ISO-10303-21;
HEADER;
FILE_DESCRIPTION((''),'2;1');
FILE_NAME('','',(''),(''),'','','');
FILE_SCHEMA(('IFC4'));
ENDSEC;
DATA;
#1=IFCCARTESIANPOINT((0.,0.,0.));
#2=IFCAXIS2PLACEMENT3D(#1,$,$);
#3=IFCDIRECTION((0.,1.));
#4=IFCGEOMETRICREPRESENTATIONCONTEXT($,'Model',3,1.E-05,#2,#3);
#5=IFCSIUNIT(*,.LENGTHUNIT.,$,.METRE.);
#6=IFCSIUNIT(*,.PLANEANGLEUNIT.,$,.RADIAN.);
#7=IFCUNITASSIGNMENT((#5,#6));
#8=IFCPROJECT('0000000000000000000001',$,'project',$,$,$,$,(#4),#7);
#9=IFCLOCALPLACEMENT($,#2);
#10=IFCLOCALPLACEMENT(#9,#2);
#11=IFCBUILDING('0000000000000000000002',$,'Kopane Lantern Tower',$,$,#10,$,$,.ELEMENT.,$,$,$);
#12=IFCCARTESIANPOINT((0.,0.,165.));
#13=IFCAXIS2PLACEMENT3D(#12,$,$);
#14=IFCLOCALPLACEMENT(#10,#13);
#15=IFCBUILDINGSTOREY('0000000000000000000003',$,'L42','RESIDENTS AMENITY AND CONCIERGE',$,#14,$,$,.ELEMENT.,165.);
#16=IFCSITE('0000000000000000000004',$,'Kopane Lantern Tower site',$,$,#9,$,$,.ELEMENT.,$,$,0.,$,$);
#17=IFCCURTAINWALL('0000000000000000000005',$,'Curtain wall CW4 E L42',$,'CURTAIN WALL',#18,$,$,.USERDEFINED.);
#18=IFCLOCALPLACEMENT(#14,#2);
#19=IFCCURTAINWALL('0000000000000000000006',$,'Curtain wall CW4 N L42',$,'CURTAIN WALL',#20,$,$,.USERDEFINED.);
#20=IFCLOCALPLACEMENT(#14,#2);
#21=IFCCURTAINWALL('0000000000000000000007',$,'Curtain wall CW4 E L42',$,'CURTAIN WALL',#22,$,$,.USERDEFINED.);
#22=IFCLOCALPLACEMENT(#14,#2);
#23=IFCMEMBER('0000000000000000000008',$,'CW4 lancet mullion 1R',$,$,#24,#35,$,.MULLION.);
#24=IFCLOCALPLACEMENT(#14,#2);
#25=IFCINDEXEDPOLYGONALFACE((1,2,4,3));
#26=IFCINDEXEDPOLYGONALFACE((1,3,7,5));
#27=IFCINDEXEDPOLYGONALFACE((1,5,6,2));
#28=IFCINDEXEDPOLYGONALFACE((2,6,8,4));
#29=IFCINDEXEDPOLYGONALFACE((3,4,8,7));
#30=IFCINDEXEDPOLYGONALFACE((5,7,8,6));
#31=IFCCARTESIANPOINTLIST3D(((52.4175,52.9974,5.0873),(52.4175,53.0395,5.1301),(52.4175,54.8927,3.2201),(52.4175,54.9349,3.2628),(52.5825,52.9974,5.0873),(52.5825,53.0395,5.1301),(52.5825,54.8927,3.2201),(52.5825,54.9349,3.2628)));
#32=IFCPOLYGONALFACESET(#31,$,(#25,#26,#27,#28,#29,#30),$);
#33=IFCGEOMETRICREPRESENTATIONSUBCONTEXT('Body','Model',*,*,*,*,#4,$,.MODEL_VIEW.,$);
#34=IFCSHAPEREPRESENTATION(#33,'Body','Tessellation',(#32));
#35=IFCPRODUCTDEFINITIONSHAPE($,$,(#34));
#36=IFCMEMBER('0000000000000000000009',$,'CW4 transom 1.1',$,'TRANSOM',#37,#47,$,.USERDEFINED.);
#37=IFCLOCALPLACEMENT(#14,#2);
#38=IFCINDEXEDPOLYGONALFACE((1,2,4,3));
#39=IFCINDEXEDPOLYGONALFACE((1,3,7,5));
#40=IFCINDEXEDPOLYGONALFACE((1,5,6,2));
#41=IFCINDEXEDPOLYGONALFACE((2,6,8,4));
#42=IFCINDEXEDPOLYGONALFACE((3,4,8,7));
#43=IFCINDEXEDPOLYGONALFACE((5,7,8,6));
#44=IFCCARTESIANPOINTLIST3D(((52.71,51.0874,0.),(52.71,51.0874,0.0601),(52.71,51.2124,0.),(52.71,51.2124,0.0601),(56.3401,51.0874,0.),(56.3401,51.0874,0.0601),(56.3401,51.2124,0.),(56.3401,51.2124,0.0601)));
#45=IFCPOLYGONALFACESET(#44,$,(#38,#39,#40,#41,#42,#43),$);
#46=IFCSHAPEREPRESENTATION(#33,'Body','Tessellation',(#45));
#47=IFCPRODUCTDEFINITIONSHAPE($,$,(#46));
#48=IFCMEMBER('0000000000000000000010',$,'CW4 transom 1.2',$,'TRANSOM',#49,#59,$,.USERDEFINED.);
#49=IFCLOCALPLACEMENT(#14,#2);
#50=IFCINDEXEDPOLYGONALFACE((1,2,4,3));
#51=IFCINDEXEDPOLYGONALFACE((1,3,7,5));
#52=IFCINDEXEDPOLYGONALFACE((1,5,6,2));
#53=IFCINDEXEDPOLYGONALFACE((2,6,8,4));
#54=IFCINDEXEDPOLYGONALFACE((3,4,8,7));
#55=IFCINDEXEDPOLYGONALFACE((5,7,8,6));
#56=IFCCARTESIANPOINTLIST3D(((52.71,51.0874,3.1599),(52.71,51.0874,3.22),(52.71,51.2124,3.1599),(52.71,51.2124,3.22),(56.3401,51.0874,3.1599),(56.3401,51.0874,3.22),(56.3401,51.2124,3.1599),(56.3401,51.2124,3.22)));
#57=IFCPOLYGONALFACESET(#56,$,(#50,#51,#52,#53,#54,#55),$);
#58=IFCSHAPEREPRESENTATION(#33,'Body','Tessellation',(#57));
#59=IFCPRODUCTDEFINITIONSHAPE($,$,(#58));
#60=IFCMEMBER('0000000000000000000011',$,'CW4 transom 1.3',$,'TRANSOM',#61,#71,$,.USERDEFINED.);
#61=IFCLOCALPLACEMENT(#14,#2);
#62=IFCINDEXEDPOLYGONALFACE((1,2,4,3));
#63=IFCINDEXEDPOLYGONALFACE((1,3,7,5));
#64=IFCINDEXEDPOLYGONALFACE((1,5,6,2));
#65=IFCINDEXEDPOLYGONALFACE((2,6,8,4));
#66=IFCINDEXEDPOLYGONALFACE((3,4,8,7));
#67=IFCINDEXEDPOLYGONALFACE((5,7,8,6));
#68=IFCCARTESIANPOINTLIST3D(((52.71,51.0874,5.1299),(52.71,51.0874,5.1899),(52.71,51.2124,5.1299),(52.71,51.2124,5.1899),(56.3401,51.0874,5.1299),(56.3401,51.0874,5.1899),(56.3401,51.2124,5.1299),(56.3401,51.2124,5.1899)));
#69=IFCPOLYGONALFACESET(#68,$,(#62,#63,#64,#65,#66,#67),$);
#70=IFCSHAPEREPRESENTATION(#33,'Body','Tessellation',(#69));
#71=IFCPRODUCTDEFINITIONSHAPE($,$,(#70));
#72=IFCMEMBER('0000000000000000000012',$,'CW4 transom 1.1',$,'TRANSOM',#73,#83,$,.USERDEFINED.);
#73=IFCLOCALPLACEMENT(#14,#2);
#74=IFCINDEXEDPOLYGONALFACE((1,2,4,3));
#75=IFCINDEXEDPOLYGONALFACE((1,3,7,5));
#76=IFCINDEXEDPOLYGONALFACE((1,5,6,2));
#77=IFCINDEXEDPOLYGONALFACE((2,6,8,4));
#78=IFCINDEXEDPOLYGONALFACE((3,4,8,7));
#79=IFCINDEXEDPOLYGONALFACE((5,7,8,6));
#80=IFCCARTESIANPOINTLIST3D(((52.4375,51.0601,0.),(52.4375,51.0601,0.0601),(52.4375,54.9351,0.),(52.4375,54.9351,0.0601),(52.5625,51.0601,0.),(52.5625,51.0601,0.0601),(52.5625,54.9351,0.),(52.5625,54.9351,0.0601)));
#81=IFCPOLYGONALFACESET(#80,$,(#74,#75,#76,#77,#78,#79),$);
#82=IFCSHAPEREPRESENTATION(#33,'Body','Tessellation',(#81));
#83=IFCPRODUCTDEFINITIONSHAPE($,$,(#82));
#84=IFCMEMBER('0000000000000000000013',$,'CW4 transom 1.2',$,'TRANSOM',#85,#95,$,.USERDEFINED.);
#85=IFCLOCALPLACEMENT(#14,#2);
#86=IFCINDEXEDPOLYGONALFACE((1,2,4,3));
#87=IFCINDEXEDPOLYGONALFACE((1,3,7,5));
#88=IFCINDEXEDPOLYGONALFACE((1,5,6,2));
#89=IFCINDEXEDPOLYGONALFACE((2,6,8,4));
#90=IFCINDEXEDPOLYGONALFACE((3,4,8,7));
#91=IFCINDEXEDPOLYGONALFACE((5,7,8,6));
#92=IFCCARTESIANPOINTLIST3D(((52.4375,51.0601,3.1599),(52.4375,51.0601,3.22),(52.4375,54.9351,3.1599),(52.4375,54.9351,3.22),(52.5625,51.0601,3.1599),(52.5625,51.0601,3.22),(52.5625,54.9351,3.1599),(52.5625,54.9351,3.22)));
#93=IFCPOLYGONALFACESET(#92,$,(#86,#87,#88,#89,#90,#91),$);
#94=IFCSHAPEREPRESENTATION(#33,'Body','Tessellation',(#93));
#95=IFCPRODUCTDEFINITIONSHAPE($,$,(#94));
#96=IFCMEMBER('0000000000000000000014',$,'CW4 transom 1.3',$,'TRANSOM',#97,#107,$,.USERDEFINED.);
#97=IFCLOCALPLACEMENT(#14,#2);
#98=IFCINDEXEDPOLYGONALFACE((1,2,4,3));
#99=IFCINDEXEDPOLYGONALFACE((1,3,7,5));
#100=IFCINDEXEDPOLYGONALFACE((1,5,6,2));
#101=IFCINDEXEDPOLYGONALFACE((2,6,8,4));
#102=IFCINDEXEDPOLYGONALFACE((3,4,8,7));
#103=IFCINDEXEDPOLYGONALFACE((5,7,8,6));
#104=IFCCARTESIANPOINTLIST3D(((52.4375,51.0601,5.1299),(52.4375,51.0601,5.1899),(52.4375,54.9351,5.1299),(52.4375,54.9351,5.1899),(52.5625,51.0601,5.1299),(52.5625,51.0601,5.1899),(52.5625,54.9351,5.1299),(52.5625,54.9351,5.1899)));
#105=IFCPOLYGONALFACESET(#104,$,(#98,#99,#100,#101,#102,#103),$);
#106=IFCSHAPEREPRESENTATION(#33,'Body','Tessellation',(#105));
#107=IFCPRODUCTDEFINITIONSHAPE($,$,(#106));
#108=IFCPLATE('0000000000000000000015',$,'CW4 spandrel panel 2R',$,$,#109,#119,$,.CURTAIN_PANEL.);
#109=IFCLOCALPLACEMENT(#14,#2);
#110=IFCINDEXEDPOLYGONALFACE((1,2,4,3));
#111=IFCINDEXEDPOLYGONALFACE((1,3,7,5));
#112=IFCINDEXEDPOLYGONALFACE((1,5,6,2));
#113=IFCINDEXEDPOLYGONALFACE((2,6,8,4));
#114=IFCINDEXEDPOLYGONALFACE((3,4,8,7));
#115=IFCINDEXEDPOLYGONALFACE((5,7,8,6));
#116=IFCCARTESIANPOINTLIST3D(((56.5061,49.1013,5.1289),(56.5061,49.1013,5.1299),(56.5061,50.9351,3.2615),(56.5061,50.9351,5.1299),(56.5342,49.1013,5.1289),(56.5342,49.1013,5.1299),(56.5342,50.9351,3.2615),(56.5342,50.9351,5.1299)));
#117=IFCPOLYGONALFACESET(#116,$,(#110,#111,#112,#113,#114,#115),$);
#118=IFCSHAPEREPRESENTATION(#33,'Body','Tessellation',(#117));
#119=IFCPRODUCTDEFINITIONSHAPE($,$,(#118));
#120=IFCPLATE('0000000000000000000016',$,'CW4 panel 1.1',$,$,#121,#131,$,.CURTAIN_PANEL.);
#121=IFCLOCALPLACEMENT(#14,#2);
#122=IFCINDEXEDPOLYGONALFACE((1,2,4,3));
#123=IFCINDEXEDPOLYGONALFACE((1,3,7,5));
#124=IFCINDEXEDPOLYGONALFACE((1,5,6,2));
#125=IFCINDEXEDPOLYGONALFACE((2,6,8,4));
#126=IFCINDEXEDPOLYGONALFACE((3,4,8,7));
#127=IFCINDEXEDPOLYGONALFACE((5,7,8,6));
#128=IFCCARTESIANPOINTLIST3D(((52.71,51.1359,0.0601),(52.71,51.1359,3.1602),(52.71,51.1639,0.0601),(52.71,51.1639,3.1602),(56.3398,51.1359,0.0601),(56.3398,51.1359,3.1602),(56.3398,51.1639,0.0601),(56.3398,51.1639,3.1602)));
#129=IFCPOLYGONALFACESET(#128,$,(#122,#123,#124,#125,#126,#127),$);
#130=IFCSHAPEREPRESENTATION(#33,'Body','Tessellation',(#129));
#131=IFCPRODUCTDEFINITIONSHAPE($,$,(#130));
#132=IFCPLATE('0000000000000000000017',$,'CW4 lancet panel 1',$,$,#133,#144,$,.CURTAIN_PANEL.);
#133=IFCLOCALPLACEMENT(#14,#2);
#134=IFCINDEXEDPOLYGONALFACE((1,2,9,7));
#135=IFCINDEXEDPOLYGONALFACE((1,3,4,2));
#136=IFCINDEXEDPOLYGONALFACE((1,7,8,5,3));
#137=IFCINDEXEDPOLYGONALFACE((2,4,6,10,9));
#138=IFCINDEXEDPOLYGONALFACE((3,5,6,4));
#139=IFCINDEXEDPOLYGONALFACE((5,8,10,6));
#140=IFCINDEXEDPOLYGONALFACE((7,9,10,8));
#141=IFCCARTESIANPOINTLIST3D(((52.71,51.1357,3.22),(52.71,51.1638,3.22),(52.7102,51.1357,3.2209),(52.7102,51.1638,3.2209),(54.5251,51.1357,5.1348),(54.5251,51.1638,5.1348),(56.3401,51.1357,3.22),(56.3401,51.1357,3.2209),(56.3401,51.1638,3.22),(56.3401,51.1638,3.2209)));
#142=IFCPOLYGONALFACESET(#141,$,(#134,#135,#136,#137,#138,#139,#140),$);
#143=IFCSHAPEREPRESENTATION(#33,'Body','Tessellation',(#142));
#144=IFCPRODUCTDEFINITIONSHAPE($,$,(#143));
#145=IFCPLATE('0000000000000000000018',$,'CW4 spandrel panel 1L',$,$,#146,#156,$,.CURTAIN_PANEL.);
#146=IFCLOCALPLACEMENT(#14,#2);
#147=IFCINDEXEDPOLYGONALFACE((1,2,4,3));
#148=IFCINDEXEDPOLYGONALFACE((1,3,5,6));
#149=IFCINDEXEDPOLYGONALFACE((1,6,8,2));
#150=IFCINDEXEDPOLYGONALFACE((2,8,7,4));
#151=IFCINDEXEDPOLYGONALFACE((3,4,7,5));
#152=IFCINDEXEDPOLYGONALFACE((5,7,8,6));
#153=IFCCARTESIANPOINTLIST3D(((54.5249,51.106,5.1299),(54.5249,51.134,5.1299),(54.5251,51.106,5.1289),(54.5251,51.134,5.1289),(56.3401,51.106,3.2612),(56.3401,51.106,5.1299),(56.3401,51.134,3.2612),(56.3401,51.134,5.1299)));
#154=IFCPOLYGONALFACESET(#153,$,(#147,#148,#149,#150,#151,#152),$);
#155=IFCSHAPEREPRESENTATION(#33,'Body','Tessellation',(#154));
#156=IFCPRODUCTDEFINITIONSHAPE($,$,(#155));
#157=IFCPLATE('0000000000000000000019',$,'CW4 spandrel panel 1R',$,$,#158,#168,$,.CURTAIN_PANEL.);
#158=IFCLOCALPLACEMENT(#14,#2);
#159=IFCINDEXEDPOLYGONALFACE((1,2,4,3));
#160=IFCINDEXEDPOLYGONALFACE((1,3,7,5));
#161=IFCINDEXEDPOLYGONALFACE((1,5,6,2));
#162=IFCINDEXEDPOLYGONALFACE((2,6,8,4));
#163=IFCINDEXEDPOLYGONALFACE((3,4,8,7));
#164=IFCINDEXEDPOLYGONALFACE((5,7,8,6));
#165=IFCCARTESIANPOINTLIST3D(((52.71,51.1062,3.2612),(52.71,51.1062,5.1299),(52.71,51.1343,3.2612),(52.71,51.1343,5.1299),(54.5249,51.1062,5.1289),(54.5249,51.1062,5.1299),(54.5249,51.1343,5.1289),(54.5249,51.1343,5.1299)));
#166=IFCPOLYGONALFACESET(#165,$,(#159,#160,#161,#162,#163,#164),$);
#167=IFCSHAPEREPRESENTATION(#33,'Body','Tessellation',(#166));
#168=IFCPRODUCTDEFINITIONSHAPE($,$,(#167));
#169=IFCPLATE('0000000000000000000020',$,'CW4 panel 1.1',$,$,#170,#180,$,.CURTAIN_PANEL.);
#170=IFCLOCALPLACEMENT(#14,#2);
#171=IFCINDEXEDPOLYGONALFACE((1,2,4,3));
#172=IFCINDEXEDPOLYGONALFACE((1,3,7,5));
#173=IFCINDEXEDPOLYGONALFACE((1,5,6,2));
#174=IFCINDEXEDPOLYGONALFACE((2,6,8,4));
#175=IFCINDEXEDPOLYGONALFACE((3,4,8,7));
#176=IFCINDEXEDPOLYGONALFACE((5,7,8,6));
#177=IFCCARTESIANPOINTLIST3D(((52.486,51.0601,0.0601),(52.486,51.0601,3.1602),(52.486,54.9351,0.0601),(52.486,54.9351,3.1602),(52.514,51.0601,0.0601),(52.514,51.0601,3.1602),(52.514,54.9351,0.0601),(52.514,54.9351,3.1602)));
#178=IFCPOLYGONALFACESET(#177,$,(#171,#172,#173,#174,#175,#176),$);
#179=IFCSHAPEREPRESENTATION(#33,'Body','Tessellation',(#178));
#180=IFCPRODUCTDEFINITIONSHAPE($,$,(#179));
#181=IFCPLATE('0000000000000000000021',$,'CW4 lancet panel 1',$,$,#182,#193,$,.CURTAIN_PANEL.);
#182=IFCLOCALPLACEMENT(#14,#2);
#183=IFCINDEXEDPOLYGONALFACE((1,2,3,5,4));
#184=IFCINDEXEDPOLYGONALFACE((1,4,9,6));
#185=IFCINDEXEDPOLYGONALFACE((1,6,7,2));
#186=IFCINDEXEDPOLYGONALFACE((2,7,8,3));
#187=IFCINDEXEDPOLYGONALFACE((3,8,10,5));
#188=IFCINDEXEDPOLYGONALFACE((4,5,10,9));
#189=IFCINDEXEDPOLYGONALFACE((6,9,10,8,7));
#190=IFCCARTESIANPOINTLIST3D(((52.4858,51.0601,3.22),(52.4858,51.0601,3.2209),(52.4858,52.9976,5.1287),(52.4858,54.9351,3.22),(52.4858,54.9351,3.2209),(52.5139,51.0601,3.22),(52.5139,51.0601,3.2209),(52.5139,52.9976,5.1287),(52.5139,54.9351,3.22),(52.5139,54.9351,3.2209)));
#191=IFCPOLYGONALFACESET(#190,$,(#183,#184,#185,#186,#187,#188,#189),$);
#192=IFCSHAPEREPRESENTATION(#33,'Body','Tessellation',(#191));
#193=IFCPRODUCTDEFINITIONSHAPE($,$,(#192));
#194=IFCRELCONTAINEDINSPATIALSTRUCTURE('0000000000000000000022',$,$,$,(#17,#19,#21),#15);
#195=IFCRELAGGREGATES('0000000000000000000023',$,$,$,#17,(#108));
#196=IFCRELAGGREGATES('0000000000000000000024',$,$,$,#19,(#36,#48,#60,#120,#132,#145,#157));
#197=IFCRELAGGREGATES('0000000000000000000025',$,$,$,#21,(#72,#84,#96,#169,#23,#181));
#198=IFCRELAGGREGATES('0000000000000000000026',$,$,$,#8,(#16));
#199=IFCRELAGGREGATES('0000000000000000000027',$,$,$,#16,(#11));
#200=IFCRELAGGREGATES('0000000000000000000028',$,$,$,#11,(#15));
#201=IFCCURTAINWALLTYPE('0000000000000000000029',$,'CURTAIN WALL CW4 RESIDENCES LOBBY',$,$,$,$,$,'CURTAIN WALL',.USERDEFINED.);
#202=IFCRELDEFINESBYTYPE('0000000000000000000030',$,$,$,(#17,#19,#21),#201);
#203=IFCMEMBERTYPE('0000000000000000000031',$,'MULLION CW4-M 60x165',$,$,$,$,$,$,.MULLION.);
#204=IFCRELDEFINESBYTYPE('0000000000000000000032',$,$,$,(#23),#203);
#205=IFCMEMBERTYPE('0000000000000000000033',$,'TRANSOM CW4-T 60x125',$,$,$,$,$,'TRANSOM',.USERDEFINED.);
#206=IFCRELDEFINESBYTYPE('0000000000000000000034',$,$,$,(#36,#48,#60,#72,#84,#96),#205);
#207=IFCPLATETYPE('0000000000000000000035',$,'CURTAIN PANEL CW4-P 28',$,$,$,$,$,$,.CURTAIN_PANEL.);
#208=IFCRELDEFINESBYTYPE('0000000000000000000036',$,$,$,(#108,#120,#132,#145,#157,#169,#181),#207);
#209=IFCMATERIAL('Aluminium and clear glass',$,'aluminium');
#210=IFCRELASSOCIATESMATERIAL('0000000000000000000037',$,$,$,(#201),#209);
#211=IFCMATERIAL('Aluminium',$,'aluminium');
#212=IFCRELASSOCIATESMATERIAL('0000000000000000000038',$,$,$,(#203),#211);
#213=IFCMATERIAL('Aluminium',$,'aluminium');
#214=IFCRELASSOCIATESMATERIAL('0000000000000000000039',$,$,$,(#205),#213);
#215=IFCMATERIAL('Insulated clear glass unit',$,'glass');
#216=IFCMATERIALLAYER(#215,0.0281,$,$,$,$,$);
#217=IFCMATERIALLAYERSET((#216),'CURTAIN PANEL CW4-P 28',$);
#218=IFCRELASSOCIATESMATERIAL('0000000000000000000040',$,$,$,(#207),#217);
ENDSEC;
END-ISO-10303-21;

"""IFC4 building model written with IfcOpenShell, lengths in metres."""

from ifc_helpers import new_model, si_unit, direction, frame, origin, origin_2d, place, context, subcontext, project, spatial, polyline, rectangle, outline, extrude, material, layer, layer_set, material_profile, profile_set, type_object, element, aggregate, save


model = new_model("IFC4")

# Units and contexts
model_context = context("Model", 3, precision=1e-05, world=origin(), true_north=direction((0.0, 1.0)))
body_context = subcontext(model_context, "Body", "Model", "MODEL_VIEW")
ifc_project = project(units=[si_unit("LENGTHUNIT", "METRE"), si_unit("PLANEANGLEUNIT", "RADIAN")], contexts=[model_context])

# Site, building, storey
site_placement = place(None, origin())
site = spatial("IfcSite", under=ifc_project, at=site_placement, Name="Kopane Lantern Tower site", CompositionType="ELEMENT", RefElevation=0.0)
building_placement = place(site_placement, origin())
building = spatial("IfcBuilding", under=site, at=building_placement, Name="Kopane Lantern Tower", CompositionType="ELEMENT")
storey_placement = place(building_placement, frame((0.0, 0.0, 165.0)))
storey = spatial("IfcBuildingStorey", under=building, at=storey_placement, Name="L42", Description="RESIDENTS AMENITY AND CONCIERGE", CompositionType="ELEMENT", Elevation=165.0)

# Curtain walls, member
ifc_material_1 = material(Name="Aluminium and clear glass", Category="aluminium")
curtain_wall_type = type_object("IfcCurtainWallType", Name="CURTAIN WALL CW4 RESIDENCES LOBBY", ElementType="CURTAIN WALL", PredefinedType="USERDEFINED", material=ifc_material_1)
curtain_wall_1_placement = place(storey_placement, origin())
curtain_wall_1 = element("IfcCurtainWall", 1, at=curtain_wall_1_placement, inside=storey, type_object=curtain_wall_type, Name="Curtain wall CW4 E L42", ObjectType="CURTAIN WALL", PredefinedType="USERDEFINED")
ifc_material_2 = material(Name="Aluminium", Category="aluminium")
ifc_material_profile_1 = material_profile(ifc_material_2, rectangle(XDim=0.0601, YDim=0.165, at=origin_2d()), Name="AL 60x165")
ifc_profile_set_1 = profile_set([ifc_material_profile_1], Name="Aluminium")
member_type_1 = type_object("IfcMemberType", Name="MULLION CW4-M 60x165", PredefinedType="MULLION", material=ifc_profile_set_1)
curtain_wall_2_placement = place(storey_placement, origin())
curtain_wall_2 = element("IfcCurtainWall", 2, at=curtain_wall_2_placement, inside=storey, type_object=curtain_wall_type, Name="Curtain wall CW4 N L42", ObjectType="CURTAIN WALL", PredefinedType="USERDEFINED")
curtain_wall_3_placement = place(storey_placement, origin())
curtain_wall_3 = element("IfcCurtainWall", 3, at=curtain_wall_3_placement, inside=storey, type_object=curtain_wall_type, Name="Curtain wall CW4 E L42", ObjectType="CURTAIN WALL", PredefinedType="USERDEFINED")
member_1_placement = place(storey_placement, frame((52.5, 54.9138, 3.2415), z_axis=(0.0, -0.712364, 0.701811), x_axis=(0.0, 0.701811, 0.712364)))
member_1 = element("IfcMember", 4, at=member_1_placement, type_object=member_type_1, Name="CW4 lancet mullion 1R", PredefinedType="MULLION", context=body_context, shape_type="SweptSolid", body=[
    extrude(rectangle(XDim=0.0601, YDim=0.165, at=origin_2d()), origin(), (0.0, 0.0, 1.0), 2.6606),
])

# Members
ifc_material_3 = material(Name="Aluminium", Category="aluminium")
ifc_material_profile_2 = material_profile(ifc_material_3, rectangle(XDim=0.125, YDim=0.0601, at=origin_2d()), Name="AL 125x60")
ifc_profile_set_2 = profile_set([ifc_material_profile_2], Name="Aluminium")
member_type_2 = type_object("IfcMemberType", Name="TRANSOM CW4-T 60x125", ElementType="TRANSOM", PredefinedType="USERDEFINED", material=ifc_profile_set_2)
member_2_placement = place(storey_placement, frame((56.3401, 51.1499, 0.03), z_axis=(-1.0, 0.0, 0.0), x_axis=(0.0, -1.0, 0.0)))
member_2 = element("IfcMember", 5, at=member_2_placement, type_object=member_type_2, Name="CW4 transom 1.1", ObjectType="TRANSOM", PredefinedType="USERDEFINED", context=body_context, shape_type="SweptSolid", body=[
    extrude(rectangle(XDim=0.125, YDim=0.0601, at=origin_2d()), origin(), (0.0, 0.0, 1.0), 3.6301),
])
member_3_placement = place(storey_placement, frame((56.3401, 51.1499, 3.1899), z_axis=(-1.0, 0.0, 0.0), x_axis=(0.0, -1.0, 0.0)))
member_3 = element("IfcMember", 6, at=member_3_placement, type_object=member_type_2, Name="CW4 transom 1.2", ObjectType="TRANSOM", PredefinedType="USERDEFINED", context=body_context, shape_type="SweptSolid", body=[
    extrude(rectangle(XDim=0.125, YDim=0.0601, at=origin_2d()), origin(), (0.0, 0.0, 1.0), 3.6301),
])
member_4_placement = place(storey_placement, frame((56.3401, 51.1499, 5.1599), z_axis=(-1.0, 0.0, 0.0), x_axis=(0.0, -1.0, 0.0)))
member_4 = element("IfcMember", 7, at=member_4_placement, type_object=member_type_2, Name="CW4 transom 1.3", ObjectType="TRANSOM", PredefinedType="USERDEFINED", context=body_context, shape_type="SweptSolid", body=[
    extrude(rectangle(XDim=0.125, YDim=0.0601, at=origin_2d()), origin(), (0.0, 0.0, 1.0), 3.6301),
])
member_5_placement = place(storey_placement, frame((52.5, 51.0601, 0.03), z_axis=(0.0, 1.0, 0.0), x_axis=(-1.0, 0.0, 0.0)))
member_5 = element("IfcMember", 8, at=member_5_placement, type_object=member_type_2, Name="CW4 transom 1.1", ObjectType="TRANSOM", PredefinedType="USERDEFINED", context=body_context, shape_type="SweptSolid", body=[
    extrude(rectangle(XDim=0.125, YDim=0.0601, at=origin_2d()), origin(), (0.0, 0.0, 1.0), 3.875),
])
member_6_placement = place(storey_placement, frame((52.5, 51.0601, 3.1899), z_axis=(0.0, 1.0, 0.0), x_axis=(-1.0, 0.0, 0.0)))
member_6 = element("IfcMember", 9, at=member_6_placement, type_object=member_type_2, Name="CW4 transom 1.2", ObjectType="TRANSOM", PredefinedType="USERDEFINED", context=body_context, shape_type="SweptSolid", body=[
    extrude(rectangle(XDim=0.125, YDim=0.0601, at=origin_2d()), origin(), (0.0, 0.0, 1.0), 3.875),
])
member_7_placement = place(storey_placement, frame((52.5, 51.0601, 5.1599), z_axis=(0.0, 1.0, 0.0), x_axis=(-1.0, 0.0, 0.0)))
member_7 = element("IfcMember", 10, at=member_7_placement, type_object=member_type_2, Name="CW4 transom 1.3", ObjectType="TRANSOM", PredefinedType="USERDEFINED", context=body_context, shape_type="SweptSolid", body=[
    extrude(rectangle(XDim=0.125, YDim=0.0601, at=origin_2d()), origin(), (0.0, 0.0, 1.0), 3.875),
])

# Plates
ifc_material_4 = material(Name="Insulated clear glass unit", Category="glass")
ifc_layer_1 = layer(ifc_material_4, 0.0281)
ifc_layer_set_1 = layer_set([ifc_layer_1], Name="CURTAIN PANEL CW4-P 28")
plate_type = type_object("IfcPlateType", Name="CURTAIN PANEL CW4-P 28", PredefinedType="CURTAIN_PANEL", material=ifc_layer_set_1)
plate_1_placement = place(storey_placement, frame((56.52, 50.9351, 5.1299), z_axis=(0.0, 0.0, 1.0), x_axis=(0.0, -1.0, 0.0)))
plate_1 = element("IfcPlate", 11, at=plate_1_placement, type_object=plate_type, Name="CW4 spandrel panel 2R", PredefinedType="CURTAIN_PANEL", context=body_context, shape_type="SweptSolid", body=[
    extrude(outline(polyline([(0.0, 0.0), (1.8337, 0.0), (1.8337, -0.001), (0.0, -1.8684), (0.0, 0.0)])), frame((0.0, 0.0142, 0.0), z_axis=(0.0, -1.0, 0.0), x_axis=(1.0, 0.0, 0.0)), (0.0, 0.0, 1.0), 0.0281),
])
aggregate(curtain_wall_1, [plate_1])
plate_2_placement = place(storey_placement, frame((54.5249, 51.1499, 0.0601), z_axis=(0.0, 0.0, 1.0), x_axis=(-1.0, 0.0, 0.0)))
plate_2 = element("IfcPlate", 12, at=plate_2_placement, type_object=plate_type, Name="CW4 panel 1.1", PredefinedType="CURTAIN_PANEL", context=body_context, shape_type="SweptSolid", body=[
    extrude(rectangle(XDim=3.6299, YDim=0.0281, at=origin_2d()), origin(), (0.0, 0.0, 1.0), 3.1001),
])
plate_3_placement = place(storey_placement, frame((56.3401, 51.1499, 3.22), z_axis=(0.0, 0.0, 1.0), x_axis=(-1.0, 0.0, 0.0)))
plate_3 = element("IfcPlate", 13, at=plate_3_placement, type_object=plate_type, Name="CW4 lancet panel 1", PredefinedType="CURTAIN_PANEL", context=body_context, shape_type="SweptSolid", body=[
    extrude(outline(polyline([(0.0, 0.0), (3.6301, 0.0), (3.6299, 0.001), (1.8149, 1.9148), (0.0, 0.001), (0.0, 0.0)])), frame((0.0, 0.0142, 0.0), z_axis=(0.0, -1.0, 0.0), x_axis=(1.0, 0.0, 0.0)), (0.0, 0.0, 1.0), 0.0281),
])
plate_4_placement = place(storey_placement, frame((56.3401, 51.1201, 5.1299), z_axis=(0.0, 0.0, 1.0), x_axis=(-1.0, 0.0, 0.0)))
plate_4 = element("IfcPlate", 14, at=plate_4_placement, type_object=plate_type, Name="CW4 spandrel panel 1L", PredefinedType="CURTAIN_PANEL", context=body_context, shape_type="SweptSolid", body=[
    extrude(outline(polyline([(0.0, 0.0), (1.8152, 0.0), (1.8149, -0.001), (0.0, -1.8687), (0.0, 0.0)])), frame((0.0, 0.0142, 0.0), z_axis=(0.0, -1.0, 0.0), x_axis=(1.0, 0.0, 0.0)), (0.0, 0.0, 1.0), 0.0281),
])
plate_5_placement = place(storey_placement, frame((52.71, 51.1201, 5.1299), z_axis=(0.0, 0.0, 1.0), x_axis=(1.0, 0.0, 0.0)))
plate_5 = element("IfcPlate", 15, at=plate_5_placement, type_object=plate_type, Name="CW4 spandrel panel 1R", PredefinedType="CURTAIN_PANEL", context=body_context, shape_type="SweptSolid", body=[
    extrude(outline(polyline([(0.0, 0.0), (1.8149, 0.0), (1.8149, -0.001), (0.0, -1.8687), (0.0, 0.0)])), frame((0.0, 0.0142, 0.0), z_axis=(0.0, -1.0, 0.0), x_axis=(1.0, 0.0, 0.0)), (0.0, 0.0, 1.0), 0.0281),
])
aggregate(curtain_wall_2, [member_2, member_3, member_4, plate_2, plate_3, plate_4, plate_5])
plate_6_placement = place(storey_placement, frame((52.5, 52.9976, 0.0601), z_axis=(0.0, 0.0, 1.0), x_axis=(0.0, 1.0, 0.0)))
plate_6 = element("IfcPlate", 16, at=plate_6_placement, type_object=plate_type, Name="CW4 panel 1.1", PredefinedType="CURTAIN_PANEL", context=body_context, shape_type="SweptSolid", body=[
    extrude(rectangle(XDim=3.875, YDim=0.0281, at=origin_2d()), origin(), (0.0, 0.0, 1.0), 3.1001),
])
plate_7_placement = place(storey_placement, frame((52.5, 51.0601, 3.22), z_axis=(0.0, 0.0, 1.0), x_axis=(0.0, 1.0, 0.0)))
plate_7 = element("IfcPlate", 17, at=plate_7_placement, type_object=plate_type, Name="CW4 lancet panel 1", PredefinedType="CURTAIN_PANEL", context=body_context, shape_type="SweptSolid", body=[
    extrude(outline(polyline([(0.0, 0.0), (3.875, 0.0), (3.875, 0.001), (1.9375, 1.9087), (0.0, 0.001), (0.0, 0.0)])), frame((0.0, 0.0142, 0.0), z_axis=(0.0, -1.0, 0.0), x_axis=(1.0, 0.0, 0.0)), (0.0, 0.0, 1.0), 0.0281),
])
aggregate(curtain_wall_3, [member_5, member_6, member_7, plate_6, member_1, plate_7])

save(model, "model.ifc")
